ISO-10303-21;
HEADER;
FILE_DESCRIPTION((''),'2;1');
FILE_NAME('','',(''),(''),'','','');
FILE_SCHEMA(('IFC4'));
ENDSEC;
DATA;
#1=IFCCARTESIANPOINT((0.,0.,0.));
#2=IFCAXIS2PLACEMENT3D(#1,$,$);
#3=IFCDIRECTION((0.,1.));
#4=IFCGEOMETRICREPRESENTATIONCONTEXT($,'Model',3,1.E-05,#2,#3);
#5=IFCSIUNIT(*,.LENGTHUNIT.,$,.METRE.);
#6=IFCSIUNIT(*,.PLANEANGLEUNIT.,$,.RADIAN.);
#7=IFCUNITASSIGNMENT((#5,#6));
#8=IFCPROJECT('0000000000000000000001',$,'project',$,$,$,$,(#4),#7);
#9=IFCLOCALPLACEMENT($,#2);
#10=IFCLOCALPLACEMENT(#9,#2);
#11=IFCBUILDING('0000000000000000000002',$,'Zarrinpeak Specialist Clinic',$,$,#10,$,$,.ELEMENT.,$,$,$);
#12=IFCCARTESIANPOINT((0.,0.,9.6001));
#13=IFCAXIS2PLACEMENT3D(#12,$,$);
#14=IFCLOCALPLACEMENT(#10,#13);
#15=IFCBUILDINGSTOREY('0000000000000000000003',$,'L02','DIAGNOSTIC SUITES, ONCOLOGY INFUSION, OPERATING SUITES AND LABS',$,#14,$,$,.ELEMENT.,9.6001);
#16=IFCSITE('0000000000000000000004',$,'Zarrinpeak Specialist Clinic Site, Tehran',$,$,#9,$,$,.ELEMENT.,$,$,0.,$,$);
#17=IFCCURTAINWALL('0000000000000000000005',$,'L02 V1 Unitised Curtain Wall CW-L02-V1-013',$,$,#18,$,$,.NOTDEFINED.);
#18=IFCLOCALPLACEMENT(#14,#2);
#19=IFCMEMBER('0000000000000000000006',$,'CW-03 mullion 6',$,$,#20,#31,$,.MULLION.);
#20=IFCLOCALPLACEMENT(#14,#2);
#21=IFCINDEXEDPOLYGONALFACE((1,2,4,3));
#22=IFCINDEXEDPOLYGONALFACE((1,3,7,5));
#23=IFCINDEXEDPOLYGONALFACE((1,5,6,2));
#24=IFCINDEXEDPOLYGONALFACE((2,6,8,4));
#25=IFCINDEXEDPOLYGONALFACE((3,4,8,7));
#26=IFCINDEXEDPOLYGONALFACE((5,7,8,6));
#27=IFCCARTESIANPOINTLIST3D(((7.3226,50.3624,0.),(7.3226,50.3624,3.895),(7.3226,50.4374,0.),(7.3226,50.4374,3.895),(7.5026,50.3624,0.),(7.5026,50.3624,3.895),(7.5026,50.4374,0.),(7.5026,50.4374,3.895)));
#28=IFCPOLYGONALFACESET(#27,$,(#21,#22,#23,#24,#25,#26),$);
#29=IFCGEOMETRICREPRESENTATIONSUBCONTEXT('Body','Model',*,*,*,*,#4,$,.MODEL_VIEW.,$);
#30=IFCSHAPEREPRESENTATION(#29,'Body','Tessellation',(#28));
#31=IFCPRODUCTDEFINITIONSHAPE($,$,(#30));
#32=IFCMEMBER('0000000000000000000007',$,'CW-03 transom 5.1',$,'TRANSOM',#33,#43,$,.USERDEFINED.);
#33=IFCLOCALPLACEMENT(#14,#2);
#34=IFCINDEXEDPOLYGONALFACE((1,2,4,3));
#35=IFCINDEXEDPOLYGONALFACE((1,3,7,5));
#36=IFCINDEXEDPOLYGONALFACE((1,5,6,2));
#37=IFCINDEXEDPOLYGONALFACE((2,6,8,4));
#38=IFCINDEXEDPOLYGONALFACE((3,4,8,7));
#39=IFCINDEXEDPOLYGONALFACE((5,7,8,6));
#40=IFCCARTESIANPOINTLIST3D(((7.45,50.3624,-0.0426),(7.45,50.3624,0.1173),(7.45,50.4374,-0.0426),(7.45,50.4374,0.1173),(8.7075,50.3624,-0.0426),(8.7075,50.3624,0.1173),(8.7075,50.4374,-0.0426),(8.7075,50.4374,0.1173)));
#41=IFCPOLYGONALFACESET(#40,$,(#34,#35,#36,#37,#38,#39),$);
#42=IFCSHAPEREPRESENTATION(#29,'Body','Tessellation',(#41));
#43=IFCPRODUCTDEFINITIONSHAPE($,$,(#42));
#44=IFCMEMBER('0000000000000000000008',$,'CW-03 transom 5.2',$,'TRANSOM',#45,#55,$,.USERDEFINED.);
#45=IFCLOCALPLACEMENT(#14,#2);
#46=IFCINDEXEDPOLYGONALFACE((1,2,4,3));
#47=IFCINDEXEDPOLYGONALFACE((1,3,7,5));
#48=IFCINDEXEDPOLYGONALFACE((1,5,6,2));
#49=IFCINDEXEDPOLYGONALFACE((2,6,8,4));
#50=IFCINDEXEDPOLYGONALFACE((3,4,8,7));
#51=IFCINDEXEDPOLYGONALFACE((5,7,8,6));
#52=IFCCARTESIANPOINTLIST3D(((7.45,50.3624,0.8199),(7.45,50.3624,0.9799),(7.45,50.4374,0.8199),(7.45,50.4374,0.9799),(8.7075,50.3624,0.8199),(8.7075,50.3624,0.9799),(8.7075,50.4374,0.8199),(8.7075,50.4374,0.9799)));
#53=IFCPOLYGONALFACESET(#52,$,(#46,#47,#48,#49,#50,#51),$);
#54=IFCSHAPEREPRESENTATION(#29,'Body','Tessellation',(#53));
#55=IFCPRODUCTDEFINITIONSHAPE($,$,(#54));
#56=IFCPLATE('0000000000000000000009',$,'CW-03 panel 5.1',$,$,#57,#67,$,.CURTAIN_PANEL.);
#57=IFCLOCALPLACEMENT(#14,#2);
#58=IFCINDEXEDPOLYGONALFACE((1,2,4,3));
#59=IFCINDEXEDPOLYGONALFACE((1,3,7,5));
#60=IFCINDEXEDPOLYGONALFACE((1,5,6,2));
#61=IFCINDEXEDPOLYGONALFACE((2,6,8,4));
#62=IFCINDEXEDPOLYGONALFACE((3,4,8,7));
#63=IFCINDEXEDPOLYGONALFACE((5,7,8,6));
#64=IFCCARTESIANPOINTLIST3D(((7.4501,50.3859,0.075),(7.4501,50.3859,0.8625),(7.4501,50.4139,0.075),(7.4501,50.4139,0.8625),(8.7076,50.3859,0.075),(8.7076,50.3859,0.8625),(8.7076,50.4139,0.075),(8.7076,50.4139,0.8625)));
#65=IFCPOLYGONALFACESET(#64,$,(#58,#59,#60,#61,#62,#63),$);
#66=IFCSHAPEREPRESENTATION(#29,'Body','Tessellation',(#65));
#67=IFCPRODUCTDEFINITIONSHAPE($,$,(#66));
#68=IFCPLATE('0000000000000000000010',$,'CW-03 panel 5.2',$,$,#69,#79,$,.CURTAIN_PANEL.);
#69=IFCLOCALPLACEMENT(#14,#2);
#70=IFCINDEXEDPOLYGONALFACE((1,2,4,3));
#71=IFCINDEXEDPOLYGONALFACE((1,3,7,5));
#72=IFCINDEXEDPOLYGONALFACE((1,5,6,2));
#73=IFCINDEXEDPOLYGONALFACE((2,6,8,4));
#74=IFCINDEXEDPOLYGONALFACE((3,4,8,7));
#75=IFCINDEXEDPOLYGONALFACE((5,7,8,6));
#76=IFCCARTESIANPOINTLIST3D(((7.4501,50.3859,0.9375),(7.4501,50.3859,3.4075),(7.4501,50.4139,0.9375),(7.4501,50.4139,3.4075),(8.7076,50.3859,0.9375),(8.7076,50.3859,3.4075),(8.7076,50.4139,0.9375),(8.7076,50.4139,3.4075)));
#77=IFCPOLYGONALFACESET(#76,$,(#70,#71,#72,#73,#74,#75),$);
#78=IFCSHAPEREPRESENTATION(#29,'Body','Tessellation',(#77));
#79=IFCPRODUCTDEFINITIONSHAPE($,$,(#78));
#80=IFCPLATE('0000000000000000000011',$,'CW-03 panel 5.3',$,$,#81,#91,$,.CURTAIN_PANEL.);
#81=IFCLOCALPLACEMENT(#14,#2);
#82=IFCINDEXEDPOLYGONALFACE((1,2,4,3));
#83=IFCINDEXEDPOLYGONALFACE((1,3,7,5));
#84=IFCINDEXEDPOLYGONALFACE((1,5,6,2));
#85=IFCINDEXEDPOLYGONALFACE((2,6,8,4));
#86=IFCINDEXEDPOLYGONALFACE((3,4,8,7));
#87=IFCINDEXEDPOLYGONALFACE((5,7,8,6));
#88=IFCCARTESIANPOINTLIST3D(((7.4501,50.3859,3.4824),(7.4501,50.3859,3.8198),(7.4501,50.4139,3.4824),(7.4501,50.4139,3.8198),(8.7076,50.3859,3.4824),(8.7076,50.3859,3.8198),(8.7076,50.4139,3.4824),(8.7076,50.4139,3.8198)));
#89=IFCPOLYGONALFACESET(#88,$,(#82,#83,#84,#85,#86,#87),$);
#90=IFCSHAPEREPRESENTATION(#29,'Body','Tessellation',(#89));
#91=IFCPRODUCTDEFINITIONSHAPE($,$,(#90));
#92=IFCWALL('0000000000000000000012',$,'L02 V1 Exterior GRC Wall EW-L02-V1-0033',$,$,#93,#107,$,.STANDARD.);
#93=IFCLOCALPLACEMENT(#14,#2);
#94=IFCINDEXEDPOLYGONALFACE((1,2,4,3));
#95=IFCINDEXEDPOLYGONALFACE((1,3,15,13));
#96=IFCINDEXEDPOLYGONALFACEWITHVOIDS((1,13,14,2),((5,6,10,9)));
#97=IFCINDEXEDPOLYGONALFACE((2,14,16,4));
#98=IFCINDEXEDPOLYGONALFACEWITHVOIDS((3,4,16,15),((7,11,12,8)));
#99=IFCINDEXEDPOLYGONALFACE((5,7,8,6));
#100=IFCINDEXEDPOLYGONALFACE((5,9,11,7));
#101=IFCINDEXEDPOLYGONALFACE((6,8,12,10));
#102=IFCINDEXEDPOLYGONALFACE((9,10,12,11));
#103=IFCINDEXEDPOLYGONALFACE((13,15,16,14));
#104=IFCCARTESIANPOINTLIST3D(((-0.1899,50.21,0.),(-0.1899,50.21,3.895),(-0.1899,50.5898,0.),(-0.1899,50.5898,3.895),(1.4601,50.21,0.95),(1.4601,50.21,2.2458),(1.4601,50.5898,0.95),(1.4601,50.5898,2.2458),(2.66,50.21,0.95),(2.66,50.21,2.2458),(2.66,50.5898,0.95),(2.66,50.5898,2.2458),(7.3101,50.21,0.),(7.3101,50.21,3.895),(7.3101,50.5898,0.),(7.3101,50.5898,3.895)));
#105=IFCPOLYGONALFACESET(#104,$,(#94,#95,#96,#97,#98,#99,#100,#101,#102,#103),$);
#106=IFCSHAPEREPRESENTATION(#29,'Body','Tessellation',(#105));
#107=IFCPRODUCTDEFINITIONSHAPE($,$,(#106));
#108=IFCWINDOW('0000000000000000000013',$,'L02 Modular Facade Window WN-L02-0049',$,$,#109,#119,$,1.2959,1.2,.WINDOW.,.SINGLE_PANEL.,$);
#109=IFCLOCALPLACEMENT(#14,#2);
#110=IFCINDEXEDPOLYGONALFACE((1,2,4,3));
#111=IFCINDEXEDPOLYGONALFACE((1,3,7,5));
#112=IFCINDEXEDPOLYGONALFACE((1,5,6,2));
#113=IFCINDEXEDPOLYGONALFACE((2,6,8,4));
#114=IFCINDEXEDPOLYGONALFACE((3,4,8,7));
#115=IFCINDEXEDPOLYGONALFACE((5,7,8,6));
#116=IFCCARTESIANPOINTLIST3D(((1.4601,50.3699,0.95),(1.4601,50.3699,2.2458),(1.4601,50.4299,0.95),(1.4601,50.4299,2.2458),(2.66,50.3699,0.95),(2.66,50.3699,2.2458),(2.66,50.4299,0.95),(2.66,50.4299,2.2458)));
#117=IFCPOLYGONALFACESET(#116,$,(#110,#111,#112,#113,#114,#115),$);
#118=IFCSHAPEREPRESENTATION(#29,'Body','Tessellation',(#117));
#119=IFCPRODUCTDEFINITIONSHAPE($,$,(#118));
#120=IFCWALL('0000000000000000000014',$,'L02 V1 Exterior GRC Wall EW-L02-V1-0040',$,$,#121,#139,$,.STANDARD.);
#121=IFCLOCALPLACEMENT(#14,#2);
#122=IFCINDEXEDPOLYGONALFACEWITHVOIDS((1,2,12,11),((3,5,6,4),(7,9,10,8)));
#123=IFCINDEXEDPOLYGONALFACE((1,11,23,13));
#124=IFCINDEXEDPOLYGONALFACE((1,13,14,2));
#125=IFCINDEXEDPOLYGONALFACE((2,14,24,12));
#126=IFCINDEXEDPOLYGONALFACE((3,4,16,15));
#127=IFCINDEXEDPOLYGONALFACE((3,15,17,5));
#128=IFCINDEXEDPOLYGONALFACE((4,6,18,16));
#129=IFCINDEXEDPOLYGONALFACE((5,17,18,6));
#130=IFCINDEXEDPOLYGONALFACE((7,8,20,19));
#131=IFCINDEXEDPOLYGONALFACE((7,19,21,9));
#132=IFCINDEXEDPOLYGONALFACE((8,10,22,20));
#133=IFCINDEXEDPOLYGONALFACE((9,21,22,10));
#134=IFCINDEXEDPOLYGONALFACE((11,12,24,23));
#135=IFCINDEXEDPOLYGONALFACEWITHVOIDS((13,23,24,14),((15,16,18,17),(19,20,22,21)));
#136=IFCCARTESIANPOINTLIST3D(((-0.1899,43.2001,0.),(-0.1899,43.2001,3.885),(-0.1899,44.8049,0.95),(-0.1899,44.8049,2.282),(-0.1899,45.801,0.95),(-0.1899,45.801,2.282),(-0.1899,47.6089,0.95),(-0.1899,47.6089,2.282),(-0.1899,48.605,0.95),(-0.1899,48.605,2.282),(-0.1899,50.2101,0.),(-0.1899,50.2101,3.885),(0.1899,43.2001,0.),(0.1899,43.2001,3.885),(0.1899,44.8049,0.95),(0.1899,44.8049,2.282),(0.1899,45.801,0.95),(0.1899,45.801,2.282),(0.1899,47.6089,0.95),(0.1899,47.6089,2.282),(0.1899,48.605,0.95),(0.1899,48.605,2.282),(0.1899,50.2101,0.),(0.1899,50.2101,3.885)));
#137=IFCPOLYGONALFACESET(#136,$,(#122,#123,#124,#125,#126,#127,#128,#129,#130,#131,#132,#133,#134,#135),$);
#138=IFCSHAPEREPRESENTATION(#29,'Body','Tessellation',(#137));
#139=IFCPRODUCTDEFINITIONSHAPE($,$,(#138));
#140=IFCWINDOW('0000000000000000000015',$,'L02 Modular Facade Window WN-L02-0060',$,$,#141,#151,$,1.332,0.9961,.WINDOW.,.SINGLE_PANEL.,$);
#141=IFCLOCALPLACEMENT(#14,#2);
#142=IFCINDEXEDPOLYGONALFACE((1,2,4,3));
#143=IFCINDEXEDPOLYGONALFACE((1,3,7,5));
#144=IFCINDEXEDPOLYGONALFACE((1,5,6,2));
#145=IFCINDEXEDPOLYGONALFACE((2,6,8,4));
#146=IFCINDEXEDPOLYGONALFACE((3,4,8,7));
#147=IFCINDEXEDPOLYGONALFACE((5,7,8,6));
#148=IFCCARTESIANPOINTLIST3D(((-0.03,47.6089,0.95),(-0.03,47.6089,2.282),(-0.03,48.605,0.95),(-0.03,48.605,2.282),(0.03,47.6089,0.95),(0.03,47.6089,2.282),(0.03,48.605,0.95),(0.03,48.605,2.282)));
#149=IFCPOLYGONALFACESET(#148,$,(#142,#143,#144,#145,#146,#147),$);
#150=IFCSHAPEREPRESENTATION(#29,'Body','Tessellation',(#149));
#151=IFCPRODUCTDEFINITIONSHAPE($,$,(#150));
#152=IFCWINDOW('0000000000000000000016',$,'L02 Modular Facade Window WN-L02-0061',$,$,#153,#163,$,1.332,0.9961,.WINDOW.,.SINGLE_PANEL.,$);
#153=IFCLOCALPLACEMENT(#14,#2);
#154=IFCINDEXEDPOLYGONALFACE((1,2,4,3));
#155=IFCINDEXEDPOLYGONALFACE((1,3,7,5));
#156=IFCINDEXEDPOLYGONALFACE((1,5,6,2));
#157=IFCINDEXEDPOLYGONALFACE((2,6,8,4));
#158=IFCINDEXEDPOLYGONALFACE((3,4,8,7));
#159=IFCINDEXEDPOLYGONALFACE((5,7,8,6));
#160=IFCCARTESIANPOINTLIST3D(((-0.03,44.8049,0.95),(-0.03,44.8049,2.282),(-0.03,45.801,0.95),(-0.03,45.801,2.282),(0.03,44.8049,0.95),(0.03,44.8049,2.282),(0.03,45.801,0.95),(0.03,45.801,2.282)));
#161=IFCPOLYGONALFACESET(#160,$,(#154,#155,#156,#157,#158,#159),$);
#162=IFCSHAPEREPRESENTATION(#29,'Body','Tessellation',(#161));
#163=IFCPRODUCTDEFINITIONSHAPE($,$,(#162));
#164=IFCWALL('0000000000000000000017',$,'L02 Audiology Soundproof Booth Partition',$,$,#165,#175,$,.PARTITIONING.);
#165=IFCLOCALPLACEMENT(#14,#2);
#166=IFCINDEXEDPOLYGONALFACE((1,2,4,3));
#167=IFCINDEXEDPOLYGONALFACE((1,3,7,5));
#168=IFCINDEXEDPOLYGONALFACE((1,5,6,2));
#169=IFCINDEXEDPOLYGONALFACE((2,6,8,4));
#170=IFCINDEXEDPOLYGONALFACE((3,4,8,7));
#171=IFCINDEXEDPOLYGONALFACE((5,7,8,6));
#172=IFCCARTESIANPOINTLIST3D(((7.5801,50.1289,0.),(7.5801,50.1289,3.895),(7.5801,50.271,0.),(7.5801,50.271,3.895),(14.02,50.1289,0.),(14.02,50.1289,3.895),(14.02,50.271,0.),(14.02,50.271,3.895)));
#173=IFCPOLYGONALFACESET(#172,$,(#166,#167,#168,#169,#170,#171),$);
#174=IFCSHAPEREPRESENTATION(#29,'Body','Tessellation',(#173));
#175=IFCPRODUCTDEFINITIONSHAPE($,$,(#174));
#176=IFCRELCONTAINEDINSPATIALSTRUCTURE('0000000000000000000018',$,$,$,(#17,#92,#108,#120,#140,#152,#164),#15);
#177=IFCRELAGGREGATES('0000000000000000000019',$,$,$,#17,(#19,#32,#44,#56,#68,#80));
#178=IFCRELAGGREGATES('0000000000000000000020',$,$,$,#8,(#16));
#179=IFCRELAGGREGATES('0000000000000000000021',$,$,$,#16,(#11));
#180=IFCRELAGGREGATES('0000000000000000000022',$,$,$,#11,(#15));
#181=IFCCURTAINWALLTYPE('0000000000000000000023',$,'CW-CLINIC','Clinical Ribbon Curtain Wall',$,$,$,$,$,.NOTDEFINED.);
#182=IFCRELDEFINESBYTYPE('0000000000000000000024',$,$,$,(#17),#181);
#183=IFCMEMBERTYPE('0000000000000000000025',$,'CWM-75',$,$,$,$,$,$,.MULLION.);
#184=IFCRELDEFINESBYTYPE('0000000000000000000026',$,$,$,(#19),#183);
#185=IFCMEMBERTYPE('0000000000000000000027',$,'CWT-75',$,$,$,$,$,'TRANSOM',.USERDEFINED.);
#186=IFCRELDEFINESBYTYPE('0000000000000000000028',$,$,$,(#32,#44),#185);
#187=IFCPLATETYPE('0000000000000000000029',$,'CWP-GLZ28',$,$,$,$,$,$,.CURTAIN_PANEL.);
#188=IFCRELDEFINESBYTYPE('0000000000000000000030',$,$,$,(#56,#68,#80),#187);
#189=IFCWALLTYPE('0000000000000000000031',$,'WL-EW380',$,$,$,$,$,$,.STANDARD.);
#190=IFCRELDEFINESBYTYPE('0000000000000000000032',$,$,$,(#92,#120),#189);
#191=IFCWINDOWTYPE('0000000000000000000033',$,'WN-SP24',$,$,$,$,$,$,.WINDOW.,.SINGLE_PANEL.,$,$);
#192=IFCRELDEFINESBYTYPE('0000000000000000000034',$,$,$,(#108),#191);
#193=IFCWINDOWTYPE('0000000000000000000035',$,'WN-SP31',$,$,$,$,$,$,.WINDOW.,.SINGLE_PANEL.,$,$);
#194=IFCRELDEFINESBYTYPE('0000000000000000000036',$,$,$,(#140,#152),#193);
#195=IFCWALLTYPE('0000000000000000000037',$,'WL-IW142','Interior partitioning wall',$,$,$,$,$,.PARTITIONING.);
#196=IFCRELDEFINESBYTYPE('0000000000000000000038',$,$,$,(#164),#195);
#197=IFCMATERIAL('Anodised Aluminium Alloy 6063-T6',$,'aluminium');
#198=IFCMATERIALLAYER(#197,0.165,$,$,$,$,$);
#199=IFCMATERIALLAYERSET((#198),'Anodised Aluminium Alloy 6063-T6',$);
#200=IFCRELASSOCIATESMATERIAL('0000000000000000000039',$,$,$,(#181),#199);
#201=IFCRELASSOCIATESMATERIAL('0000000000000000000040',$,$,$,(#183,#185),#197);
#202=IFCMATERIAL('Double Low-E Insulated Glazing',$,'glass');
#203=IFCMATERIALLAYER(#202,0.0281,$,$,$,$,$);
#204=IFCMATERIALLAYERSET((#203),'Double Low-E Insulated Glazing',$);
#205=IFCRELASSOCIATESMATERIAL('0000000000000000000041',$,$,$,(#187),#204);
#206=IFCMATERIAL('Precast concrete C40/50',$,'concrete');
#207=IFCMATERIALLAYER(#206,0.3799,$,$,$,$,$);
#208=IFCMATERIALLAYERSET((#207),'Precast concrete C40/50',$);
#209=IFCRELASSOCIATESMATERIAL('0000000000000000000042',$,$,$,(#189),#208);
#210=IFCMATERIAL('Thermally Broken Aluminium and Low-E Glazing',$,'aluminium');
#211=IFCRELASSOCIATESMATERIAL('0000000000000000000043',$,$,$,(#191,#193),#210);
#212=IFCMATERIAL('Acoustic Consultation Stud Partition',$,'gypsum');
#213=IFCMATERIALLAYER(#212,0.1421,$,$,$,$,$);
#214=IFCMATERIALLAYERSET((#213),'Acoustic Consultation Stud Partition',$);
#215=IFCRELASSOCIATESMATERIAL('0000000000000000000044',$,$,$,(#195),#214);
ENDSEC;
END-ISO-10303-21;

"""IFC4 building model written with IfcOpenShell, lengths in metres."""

from ifc_helpers import new_model, si_unit, direction, frame, frame_2d, origin, origin_2d, place, context, subcontext, project, spatial, rectangle, extrude, material, layer, layer_set, material_profile, profile_set, type_object, element, fill, aggregate, save


model = new_model("IFC4")

# Units and contexts
model_context = context("Model", 3, precision=1e-05, world=origin(), true_north=direction((0.0, 1.0)))
body_context = subcontext(model_context, "Body", "Model", "MODEL_VIEW")
ifc_project = project(units=[si_unit("LENGTHUNIT", "METRE"), si_unit("PLANEANGLEUNIT", "RADIAN")], contexts=[model_context])

# Site, building, storey
site_placement = place(None, origin())
site = spatial("IfcSite", under=ifc_project, at=site_placement, Name="Zarrinpeak Specialist Clinic Site, Tehran", CompositionType="ELEMENT", RefElevation=0.0)
building_placement = place(site_placement, origin())
building = spatial("IfcBuilding", under=site, at=building_placement, Name="Zarrinpeak Specialist Clinic", CompositionType="ELEMENT")
storey_placement = place(building_placement, frame((0.0, 0.0, 9.6001)))
storey = spatial("IfcBuildingStorey", under=building, at=storey_placement, Name="L02", Description="DIAGNOSTIC SUITES, ONCOLOGY INFUSION, OPERATING SUITES AND LABS", CompositionType="ELEMENT", Elevation=9.6001)

# Curtain wall, members, plates
ifc_material_1 = material(Name="Anodised Aluminium Alloy 6063-T6", Category="aluminium")
ifc_layer_1 = layer(ifc_material_1, 0.165)
ifc_layer_set_1 = layer_set([ifc_layer_1], Name="Anodised Aluminium Alloy 6063-T6")
curtain_wall_type = type_object("IfcCurtainWallType", Name="CW-CLINIC", Description="Clinical Ribbon Curtain Wall", PredefinedType="NOTDEFINED", material=ifc_layer_set_1)
curtain_wall_placement = place(storey_placement, origin())
curtain_wall = element("IfcCurtainWall", 1, at=curtain_wall_placement, inside=storey, type_object=curtain_wall_type, Name="L02 V1 Unitised Curtain Wall CW-L02-V1-013", PredefinedType="NOTDEFINED")
ifc_material_profile_1 = material_profile(ifc_material_1, rectangle(XDim=0.075, YDim=0.1799, at=origin_2d()), Name="ALU 75x180")
ifc_profile_set_1 = profile_set([ifc_material_profile_1], Name="Anodised Aluminium Alloy 6063-T6")
member_type_1 = type_object("IfcMemberType", Name="CWM-75", PredefinedType="MULLION", material=ifc_profile_set_1)
member_1_placement = place(storey_placement, frame((7.4126, 50.3999, 0.0), z_axis=(0.0, 0.0, 1.0), x_axis=(0.0, -1.0, 0.0)))
member_1 = element("IfcMember", 2, at=member_1_placement, type_object=member_type_1, Name="CW-03 mullion 6", PredefinedType="MULLION", context=body_context, shape_type="SweptSolid", body=[
    extrude(rectangle(XDim=0.075, YDim=0.1799, at=origin_2d()), origin(), (0.0, 0.0, 1.0), 3.895),
])
ifc_material_profile_2 = material_profile(ifc_material_1, rectangle(XDim=0.075, YDim=0.1599, at=origin_2d()), Name="ALU 75x160")
ifc_profile_set_2 = profile_set([ifc_material_profile_2], Name="Anodised Aluminium Alloy 6063-T6")
member_type_2 = type_object("IfcMemberType", Name="CWT-75", ElementType="TRANSOM", PredefinedType="USERDEFINED", material=ifc_profile_set_2)
member_2_placement = place(storey_placement, frame((8.7075, 50.3999, 0.0374), z_axis=(-1.0, 0.0, 0.0), x_axis=(0.0, -1.0, 0.0)))
member_2 = element("IfcMember", 3, at=member_2_placement, type_object=member_type_2, Name="CW-03 transom 5.1", ObjectType="TRANSOM", PredefinedType="USERDEFINED", context=body_context, shape_type="SweptSolid", body=[
    extrude(rectangle(XDim=0.075, YDim=0.1599, at=origin_2d()), origin(), (0.0, 0.0, 1.0), 1.2576),
])
member_3_placement = place(storey_placement, frame((8.7075, 50.3999, 0.8999), z_axis=(-1.0, 0.0, 0.0), x_axis=(0.0, -1.0, 0.0)))
member_3 = element("IfcMember", 4, at=member_3_placement, type_object=member_type_2, Name="CW-03 transom 5.2", ObjectType="TRANSOM", PredefinedType="USERDEFINED", context=body_context, shape_type="SweptSolid", body=[
    extrude(rectangle(XDim=0.075, YDim=0.1599, at=origin_2d()), origin(), (0.0, 0.0, 1.0), 1.2576),
])
ifc_material_2 = material(Name="Double Low-E Insulated Glazing", Category="glass")
ifc_layer_2 = layer(ifc_material_2, 0.0281)
ifc_layer_set_2 = layer_set([ifc_layer_2], Name="Double Low-E Insulated Glazing")
plate_type = type_object("IfcPlateType", Name="CWP-GLZ28", PredefinedType="CURTAIN_PANEL", material=ifc_layer_set_2)
plate_1_placement = place(storey_placement, frame((8.0789, 50.3999, 0.075), z_axis=(0.0, 0.0, 1.0), x_axis=(-1.0, 0.0, 0.0)))
plate_1 = element("IfcPlate", 5, at=plate_1_placement, type_object=plate_type, Name="CW-03 panel 5.1", PredefinedType="CURTAIN_PANEL", context=body_context, shape_type="SweptSolid", body=[
    extrude(rectangle(XDim=1.2576, YDim=0.0281, at=origin_2d()), origin(), (0.0, 0.0, 1.0), 0.7876),
])
plate_2_placement = place(storey_placement, frame((8.0789, 50.3999, 0.9375), z_axis=(0.0, 0.0, 1.0), x_axis=(-1.0, 0.0, 0.0)))
plate_2 = element("IfcPlate", 6, at=plate_2_placement, type_object=plate_type, Name="CW-03 panel 5.2", PredefinedType="CURTAIN_PANEL", context=body_context, shape_type="SweptSolid", body=[
    extrude(rectangle(XDim=1.2576, YDim=0.0281, at=origin_2d()), origin(), (0.0, 0.0, 1.0), 2.47),
])
plate_3_placement = place(storey_placement, frame((8.0789, 50.3999, 3.4824), z_axis=(0.0, 0.0, 1.0), x_axis=(-1.0, 0.0, 0.0)))
plate_3 = element("IfcPlate", 7, at=plate_3_placement, type_object=plate_type, Name="CW-03 panel 5.3", PredefinedType="CURTAIN_PANEL", context=body_context, shape_type="SweptSolid", body=[
    extrude(rectangle(XDim=1.2576, YDim=0.0281, at=origin_2d()), origin(), (0.0, 0.0, 1.0), 0.3374),
])
aggregate(curtain_wall, [member_1, member_2, member_3, plate_1, plate_2, plate_3])

# Wall, opening, window
ifc_material_3 = material(Name="Precast concrete C40/50", Category="concrete")
ifc_layer_3 = layer(ifc_material_3, 0.3799)
ifc_layer_set_3 = layer_set([ifc_layer_3], Name="Precast concrete C40/50")
wall_type_1 = type_object("IfcWallType", Name="WL-EW380", PredefinedType="STANDARD", material=ifc_layer_set_3)
wall_1_placement = place(storey_placement, frame((7.3101, 50.3999, 0.0), z_axis=(0.0, 0.0, 1.0), x_axis=(-1.0, 0.0, 0.0)))
wall_1 = element("IfcWall", 8, at=wall_1_placement, inside=storey, type_object=wall_type_1, Name="L02 V1 Exterior GRC Wall EW-L02-V1-0033", PredefinedType="STANDARD", context=body_context, shape_type="SweptSolid", body=[
    extrude(rectangle(XDim=7.5, YDim=0.3799, at=frame_2d((3.75, 0.0))), origin(), (0.0, 0.0, 1.0), 3.895),
])
opening_1_placement = place(wall_1_placement, frame((4.6499, 0.0, 0.95)))
opening_1 = element("IfcOpeningElement", 9, at=opening_1_placement, cuts=wall_1, PredefinedType="OPENING", context=body_context, shape_type="SweptSolid", body=[
    extrude(rectangle(XDim=1.2, YDim=1.2959, at=frame_2d((0.6001, 0.6479))), frame((0.0, 0.2, 0.0), z_axis=(0.0, -1.0, 0.0), x_axis=(1.0, 0.0, 0.0)), (0.0, 0.0, 1.0), 0.3999),
])
ifc_material_4 = material(Name="Thermally Broken Aluminium and Low-E Glazing", Category="aluminium")
window_type_1 = type_object("IfcWindowType", Name="WN-SP24", PartitioningType="SINGLE_PANEL", PredefinedType="WINDOW", material=ifc_material_4)
window_1_placement = place(opening_1_placement, origin())
window_1 = element("IfcWindow", 10, at=window_1_placement, inside=storey, type_object=window_type_1, Name="L02 Modular Facade Window WN-L02-0049", OverallHeight=1.2959, OverallWidth=1.2, PartitioningType="SINGLE_PANEL", PredefinedType="WINDOW", context=body_context, shape_type="SweptSolid", body=[
    extrude(rectangle(XDim=1.2, YDim=1.2959, at=frame_2d((0.6001, 0.6479))), frame((0.0, 0.03, 0.0), z_axis=(0.0, -1.0, 0.0), x_axis=(1.0, 0.0, 0.0)), (0.0, 0.0, 1.0), 0.0601),
])
fill(opening_1, window_1)

# Wall, openings, windows
wall_2_placement = place(storey_placement, frame((0.0, 50.21, 0.0), z_axis=(0.0, 0.0, 1.0), x_axis=(0.0, -1.0, 0.0)))
wall_2 = element("IfcWall", 11, at=wall_2_placement, inside=storey, type_object=wall_type_1, Name="L02 V1 Exterior GRC Wall EW-L02-V1-0040", PredefinedType="STANDARD", context=body_context, shape_type="SweptSolid", body=[
    extrude(rectangle(XDim=7.01, YDim=0.3799, at=frame_2d((3.5049, 0.0))), origin(), (0.0, 0.0, 1.0), 3.885),
])
opening_2_placement = place(wall_2_placement, frame((1.605, 0.0, 0.95)))
opening_2 = element("IfcOpeningElement", 12, at=opening_2_placement, cuts=wall_2, PredefinedType="OPENING", context=body_context, shape_type="SweptSolid", body=[
    extrude(rectangle(XDim=0.9961, YDim=1.332, at=frame_2d((0.498, 0.666))), frame((0.0, 0.2, 0.0), z_axis=(0.0, -1.0, 0.0), x_axis=(1.0, 0.0, 0.0)), (0.0, 0.0, 1.0), 0.3999),
])
opening_3_placement = place(wall_2_placement, frame((4.4089, 0.0, 0.95)))
opening_3 = element("IfcOpeningElement", 13, at=opening_3_placement, cuts=wall_2, PredefinedType="OPENING", context=body_context, shape_type="SweptSolid", body=[
    extrude(rectangle(XDim=0.9961, YDim=1.332, at=frame_2d((0.498, 0.666))), frame((0.0, 0.2, 0.0), z_axis=(0.0, -1.0, 0.0), x_axis=(1.0, 0.0, 0.0)), (0.0, 0.0, 1.0), 0.3999),
])
window_type_2 = type_object("IfcWindowType", Name="WN-SP31", PartitioningType="SINGLE_PANEL", PredefinedType="WINDOW", material=ifc_material_4)
window_2_placement = place(opening_2_placement, origin())
window_2 = element("IfcWindow", 14, at=window_2_placement, inside=storey, type_object=window_type_2, Name="L02 Modular Facade Window WN-L02-0060", OverallHeight=1.332, OverallWidth=0.9961, PartitioningType="SINGLE_PANEL", PredefinedType="WINDOW", context=body_context, shape_type="SweptSolid", body=[
    extrude(rectangle(XDim=0.9961, YDim=1.332, at=frame_2d((0.498, 0.666))), frame((0.0, 0.03, 0.0), z_axis=(0.0, -1.0, 0.0), x_axis=(1.0, 0.0, 0.0)), (0.0, 0.0, 1.0), 0.0601),
])
fill(opening_2, window_2)
window_3_placement = place(opening_3_placement, origin())
window_3 = element("IfcWindow", 15, at=window_3_placement, inside=storey, type_object=window_type_2, Name="L02 Modular Facade Window WN-L02-0061", OverallHeight=1.332, OverallWidth=0.9961, PartitioningType="SINGLE_PANEL", PredefinedType="WINDOW", context=body_context, shape_type="SweptSolid", body=[
    extrude(rectangle(XDim=0.9961, YDim=1.332, at=frame_2d((0.498, 0.666))), frame((0.0, 0.03, 0.0), z_axis=(0.0, -1.0, 0.0), x_axis=(1.0, 0.0, 0.0)), (0.0, 0.0, 1.0), 0.0601),
])
fill(opening_3, window_3)

# Wall
ifc_material_5 = material(Name="Acoustic Consultation Stud Partition", Category="gypsum")
ifc_layer_4 = layer(ifc_material_5, 0.1421)
ifc_layer_set_4 = layer_set([ifc_layer_4], Name="Acoustic Consultation Stud Partition")
wall_type_2 = type_object("IfcWallType", Name="WL-IW142", Description="Interior partitioning wall", PredefinedType="PARTITIONING", material=ifc_layer_set_4)
wall_3_placement = place(storey_placement, frame((7.5801, 50.2, 0.0), z_axis=(0.0, 0.0, 1.0), x_axis=(1.0, 0.0, 0.0)))
element("IfcWall", 16, at=wall_3_placement, inside=storey, type_object=wall_type_2, Name="L02 Audiology Soundproof Booth Partition", PredefinedType="PARTITIONING", context=body_context, shape_type="SweptSolid", body=[
    extrude(rectangle(XDim=6.4399, YDim=0.1421, at=frame_2d((3.22, 0.0))), origin(), (0.0, 0.0, 1.0), 3.895),
])

save(model, "model.ifc")
